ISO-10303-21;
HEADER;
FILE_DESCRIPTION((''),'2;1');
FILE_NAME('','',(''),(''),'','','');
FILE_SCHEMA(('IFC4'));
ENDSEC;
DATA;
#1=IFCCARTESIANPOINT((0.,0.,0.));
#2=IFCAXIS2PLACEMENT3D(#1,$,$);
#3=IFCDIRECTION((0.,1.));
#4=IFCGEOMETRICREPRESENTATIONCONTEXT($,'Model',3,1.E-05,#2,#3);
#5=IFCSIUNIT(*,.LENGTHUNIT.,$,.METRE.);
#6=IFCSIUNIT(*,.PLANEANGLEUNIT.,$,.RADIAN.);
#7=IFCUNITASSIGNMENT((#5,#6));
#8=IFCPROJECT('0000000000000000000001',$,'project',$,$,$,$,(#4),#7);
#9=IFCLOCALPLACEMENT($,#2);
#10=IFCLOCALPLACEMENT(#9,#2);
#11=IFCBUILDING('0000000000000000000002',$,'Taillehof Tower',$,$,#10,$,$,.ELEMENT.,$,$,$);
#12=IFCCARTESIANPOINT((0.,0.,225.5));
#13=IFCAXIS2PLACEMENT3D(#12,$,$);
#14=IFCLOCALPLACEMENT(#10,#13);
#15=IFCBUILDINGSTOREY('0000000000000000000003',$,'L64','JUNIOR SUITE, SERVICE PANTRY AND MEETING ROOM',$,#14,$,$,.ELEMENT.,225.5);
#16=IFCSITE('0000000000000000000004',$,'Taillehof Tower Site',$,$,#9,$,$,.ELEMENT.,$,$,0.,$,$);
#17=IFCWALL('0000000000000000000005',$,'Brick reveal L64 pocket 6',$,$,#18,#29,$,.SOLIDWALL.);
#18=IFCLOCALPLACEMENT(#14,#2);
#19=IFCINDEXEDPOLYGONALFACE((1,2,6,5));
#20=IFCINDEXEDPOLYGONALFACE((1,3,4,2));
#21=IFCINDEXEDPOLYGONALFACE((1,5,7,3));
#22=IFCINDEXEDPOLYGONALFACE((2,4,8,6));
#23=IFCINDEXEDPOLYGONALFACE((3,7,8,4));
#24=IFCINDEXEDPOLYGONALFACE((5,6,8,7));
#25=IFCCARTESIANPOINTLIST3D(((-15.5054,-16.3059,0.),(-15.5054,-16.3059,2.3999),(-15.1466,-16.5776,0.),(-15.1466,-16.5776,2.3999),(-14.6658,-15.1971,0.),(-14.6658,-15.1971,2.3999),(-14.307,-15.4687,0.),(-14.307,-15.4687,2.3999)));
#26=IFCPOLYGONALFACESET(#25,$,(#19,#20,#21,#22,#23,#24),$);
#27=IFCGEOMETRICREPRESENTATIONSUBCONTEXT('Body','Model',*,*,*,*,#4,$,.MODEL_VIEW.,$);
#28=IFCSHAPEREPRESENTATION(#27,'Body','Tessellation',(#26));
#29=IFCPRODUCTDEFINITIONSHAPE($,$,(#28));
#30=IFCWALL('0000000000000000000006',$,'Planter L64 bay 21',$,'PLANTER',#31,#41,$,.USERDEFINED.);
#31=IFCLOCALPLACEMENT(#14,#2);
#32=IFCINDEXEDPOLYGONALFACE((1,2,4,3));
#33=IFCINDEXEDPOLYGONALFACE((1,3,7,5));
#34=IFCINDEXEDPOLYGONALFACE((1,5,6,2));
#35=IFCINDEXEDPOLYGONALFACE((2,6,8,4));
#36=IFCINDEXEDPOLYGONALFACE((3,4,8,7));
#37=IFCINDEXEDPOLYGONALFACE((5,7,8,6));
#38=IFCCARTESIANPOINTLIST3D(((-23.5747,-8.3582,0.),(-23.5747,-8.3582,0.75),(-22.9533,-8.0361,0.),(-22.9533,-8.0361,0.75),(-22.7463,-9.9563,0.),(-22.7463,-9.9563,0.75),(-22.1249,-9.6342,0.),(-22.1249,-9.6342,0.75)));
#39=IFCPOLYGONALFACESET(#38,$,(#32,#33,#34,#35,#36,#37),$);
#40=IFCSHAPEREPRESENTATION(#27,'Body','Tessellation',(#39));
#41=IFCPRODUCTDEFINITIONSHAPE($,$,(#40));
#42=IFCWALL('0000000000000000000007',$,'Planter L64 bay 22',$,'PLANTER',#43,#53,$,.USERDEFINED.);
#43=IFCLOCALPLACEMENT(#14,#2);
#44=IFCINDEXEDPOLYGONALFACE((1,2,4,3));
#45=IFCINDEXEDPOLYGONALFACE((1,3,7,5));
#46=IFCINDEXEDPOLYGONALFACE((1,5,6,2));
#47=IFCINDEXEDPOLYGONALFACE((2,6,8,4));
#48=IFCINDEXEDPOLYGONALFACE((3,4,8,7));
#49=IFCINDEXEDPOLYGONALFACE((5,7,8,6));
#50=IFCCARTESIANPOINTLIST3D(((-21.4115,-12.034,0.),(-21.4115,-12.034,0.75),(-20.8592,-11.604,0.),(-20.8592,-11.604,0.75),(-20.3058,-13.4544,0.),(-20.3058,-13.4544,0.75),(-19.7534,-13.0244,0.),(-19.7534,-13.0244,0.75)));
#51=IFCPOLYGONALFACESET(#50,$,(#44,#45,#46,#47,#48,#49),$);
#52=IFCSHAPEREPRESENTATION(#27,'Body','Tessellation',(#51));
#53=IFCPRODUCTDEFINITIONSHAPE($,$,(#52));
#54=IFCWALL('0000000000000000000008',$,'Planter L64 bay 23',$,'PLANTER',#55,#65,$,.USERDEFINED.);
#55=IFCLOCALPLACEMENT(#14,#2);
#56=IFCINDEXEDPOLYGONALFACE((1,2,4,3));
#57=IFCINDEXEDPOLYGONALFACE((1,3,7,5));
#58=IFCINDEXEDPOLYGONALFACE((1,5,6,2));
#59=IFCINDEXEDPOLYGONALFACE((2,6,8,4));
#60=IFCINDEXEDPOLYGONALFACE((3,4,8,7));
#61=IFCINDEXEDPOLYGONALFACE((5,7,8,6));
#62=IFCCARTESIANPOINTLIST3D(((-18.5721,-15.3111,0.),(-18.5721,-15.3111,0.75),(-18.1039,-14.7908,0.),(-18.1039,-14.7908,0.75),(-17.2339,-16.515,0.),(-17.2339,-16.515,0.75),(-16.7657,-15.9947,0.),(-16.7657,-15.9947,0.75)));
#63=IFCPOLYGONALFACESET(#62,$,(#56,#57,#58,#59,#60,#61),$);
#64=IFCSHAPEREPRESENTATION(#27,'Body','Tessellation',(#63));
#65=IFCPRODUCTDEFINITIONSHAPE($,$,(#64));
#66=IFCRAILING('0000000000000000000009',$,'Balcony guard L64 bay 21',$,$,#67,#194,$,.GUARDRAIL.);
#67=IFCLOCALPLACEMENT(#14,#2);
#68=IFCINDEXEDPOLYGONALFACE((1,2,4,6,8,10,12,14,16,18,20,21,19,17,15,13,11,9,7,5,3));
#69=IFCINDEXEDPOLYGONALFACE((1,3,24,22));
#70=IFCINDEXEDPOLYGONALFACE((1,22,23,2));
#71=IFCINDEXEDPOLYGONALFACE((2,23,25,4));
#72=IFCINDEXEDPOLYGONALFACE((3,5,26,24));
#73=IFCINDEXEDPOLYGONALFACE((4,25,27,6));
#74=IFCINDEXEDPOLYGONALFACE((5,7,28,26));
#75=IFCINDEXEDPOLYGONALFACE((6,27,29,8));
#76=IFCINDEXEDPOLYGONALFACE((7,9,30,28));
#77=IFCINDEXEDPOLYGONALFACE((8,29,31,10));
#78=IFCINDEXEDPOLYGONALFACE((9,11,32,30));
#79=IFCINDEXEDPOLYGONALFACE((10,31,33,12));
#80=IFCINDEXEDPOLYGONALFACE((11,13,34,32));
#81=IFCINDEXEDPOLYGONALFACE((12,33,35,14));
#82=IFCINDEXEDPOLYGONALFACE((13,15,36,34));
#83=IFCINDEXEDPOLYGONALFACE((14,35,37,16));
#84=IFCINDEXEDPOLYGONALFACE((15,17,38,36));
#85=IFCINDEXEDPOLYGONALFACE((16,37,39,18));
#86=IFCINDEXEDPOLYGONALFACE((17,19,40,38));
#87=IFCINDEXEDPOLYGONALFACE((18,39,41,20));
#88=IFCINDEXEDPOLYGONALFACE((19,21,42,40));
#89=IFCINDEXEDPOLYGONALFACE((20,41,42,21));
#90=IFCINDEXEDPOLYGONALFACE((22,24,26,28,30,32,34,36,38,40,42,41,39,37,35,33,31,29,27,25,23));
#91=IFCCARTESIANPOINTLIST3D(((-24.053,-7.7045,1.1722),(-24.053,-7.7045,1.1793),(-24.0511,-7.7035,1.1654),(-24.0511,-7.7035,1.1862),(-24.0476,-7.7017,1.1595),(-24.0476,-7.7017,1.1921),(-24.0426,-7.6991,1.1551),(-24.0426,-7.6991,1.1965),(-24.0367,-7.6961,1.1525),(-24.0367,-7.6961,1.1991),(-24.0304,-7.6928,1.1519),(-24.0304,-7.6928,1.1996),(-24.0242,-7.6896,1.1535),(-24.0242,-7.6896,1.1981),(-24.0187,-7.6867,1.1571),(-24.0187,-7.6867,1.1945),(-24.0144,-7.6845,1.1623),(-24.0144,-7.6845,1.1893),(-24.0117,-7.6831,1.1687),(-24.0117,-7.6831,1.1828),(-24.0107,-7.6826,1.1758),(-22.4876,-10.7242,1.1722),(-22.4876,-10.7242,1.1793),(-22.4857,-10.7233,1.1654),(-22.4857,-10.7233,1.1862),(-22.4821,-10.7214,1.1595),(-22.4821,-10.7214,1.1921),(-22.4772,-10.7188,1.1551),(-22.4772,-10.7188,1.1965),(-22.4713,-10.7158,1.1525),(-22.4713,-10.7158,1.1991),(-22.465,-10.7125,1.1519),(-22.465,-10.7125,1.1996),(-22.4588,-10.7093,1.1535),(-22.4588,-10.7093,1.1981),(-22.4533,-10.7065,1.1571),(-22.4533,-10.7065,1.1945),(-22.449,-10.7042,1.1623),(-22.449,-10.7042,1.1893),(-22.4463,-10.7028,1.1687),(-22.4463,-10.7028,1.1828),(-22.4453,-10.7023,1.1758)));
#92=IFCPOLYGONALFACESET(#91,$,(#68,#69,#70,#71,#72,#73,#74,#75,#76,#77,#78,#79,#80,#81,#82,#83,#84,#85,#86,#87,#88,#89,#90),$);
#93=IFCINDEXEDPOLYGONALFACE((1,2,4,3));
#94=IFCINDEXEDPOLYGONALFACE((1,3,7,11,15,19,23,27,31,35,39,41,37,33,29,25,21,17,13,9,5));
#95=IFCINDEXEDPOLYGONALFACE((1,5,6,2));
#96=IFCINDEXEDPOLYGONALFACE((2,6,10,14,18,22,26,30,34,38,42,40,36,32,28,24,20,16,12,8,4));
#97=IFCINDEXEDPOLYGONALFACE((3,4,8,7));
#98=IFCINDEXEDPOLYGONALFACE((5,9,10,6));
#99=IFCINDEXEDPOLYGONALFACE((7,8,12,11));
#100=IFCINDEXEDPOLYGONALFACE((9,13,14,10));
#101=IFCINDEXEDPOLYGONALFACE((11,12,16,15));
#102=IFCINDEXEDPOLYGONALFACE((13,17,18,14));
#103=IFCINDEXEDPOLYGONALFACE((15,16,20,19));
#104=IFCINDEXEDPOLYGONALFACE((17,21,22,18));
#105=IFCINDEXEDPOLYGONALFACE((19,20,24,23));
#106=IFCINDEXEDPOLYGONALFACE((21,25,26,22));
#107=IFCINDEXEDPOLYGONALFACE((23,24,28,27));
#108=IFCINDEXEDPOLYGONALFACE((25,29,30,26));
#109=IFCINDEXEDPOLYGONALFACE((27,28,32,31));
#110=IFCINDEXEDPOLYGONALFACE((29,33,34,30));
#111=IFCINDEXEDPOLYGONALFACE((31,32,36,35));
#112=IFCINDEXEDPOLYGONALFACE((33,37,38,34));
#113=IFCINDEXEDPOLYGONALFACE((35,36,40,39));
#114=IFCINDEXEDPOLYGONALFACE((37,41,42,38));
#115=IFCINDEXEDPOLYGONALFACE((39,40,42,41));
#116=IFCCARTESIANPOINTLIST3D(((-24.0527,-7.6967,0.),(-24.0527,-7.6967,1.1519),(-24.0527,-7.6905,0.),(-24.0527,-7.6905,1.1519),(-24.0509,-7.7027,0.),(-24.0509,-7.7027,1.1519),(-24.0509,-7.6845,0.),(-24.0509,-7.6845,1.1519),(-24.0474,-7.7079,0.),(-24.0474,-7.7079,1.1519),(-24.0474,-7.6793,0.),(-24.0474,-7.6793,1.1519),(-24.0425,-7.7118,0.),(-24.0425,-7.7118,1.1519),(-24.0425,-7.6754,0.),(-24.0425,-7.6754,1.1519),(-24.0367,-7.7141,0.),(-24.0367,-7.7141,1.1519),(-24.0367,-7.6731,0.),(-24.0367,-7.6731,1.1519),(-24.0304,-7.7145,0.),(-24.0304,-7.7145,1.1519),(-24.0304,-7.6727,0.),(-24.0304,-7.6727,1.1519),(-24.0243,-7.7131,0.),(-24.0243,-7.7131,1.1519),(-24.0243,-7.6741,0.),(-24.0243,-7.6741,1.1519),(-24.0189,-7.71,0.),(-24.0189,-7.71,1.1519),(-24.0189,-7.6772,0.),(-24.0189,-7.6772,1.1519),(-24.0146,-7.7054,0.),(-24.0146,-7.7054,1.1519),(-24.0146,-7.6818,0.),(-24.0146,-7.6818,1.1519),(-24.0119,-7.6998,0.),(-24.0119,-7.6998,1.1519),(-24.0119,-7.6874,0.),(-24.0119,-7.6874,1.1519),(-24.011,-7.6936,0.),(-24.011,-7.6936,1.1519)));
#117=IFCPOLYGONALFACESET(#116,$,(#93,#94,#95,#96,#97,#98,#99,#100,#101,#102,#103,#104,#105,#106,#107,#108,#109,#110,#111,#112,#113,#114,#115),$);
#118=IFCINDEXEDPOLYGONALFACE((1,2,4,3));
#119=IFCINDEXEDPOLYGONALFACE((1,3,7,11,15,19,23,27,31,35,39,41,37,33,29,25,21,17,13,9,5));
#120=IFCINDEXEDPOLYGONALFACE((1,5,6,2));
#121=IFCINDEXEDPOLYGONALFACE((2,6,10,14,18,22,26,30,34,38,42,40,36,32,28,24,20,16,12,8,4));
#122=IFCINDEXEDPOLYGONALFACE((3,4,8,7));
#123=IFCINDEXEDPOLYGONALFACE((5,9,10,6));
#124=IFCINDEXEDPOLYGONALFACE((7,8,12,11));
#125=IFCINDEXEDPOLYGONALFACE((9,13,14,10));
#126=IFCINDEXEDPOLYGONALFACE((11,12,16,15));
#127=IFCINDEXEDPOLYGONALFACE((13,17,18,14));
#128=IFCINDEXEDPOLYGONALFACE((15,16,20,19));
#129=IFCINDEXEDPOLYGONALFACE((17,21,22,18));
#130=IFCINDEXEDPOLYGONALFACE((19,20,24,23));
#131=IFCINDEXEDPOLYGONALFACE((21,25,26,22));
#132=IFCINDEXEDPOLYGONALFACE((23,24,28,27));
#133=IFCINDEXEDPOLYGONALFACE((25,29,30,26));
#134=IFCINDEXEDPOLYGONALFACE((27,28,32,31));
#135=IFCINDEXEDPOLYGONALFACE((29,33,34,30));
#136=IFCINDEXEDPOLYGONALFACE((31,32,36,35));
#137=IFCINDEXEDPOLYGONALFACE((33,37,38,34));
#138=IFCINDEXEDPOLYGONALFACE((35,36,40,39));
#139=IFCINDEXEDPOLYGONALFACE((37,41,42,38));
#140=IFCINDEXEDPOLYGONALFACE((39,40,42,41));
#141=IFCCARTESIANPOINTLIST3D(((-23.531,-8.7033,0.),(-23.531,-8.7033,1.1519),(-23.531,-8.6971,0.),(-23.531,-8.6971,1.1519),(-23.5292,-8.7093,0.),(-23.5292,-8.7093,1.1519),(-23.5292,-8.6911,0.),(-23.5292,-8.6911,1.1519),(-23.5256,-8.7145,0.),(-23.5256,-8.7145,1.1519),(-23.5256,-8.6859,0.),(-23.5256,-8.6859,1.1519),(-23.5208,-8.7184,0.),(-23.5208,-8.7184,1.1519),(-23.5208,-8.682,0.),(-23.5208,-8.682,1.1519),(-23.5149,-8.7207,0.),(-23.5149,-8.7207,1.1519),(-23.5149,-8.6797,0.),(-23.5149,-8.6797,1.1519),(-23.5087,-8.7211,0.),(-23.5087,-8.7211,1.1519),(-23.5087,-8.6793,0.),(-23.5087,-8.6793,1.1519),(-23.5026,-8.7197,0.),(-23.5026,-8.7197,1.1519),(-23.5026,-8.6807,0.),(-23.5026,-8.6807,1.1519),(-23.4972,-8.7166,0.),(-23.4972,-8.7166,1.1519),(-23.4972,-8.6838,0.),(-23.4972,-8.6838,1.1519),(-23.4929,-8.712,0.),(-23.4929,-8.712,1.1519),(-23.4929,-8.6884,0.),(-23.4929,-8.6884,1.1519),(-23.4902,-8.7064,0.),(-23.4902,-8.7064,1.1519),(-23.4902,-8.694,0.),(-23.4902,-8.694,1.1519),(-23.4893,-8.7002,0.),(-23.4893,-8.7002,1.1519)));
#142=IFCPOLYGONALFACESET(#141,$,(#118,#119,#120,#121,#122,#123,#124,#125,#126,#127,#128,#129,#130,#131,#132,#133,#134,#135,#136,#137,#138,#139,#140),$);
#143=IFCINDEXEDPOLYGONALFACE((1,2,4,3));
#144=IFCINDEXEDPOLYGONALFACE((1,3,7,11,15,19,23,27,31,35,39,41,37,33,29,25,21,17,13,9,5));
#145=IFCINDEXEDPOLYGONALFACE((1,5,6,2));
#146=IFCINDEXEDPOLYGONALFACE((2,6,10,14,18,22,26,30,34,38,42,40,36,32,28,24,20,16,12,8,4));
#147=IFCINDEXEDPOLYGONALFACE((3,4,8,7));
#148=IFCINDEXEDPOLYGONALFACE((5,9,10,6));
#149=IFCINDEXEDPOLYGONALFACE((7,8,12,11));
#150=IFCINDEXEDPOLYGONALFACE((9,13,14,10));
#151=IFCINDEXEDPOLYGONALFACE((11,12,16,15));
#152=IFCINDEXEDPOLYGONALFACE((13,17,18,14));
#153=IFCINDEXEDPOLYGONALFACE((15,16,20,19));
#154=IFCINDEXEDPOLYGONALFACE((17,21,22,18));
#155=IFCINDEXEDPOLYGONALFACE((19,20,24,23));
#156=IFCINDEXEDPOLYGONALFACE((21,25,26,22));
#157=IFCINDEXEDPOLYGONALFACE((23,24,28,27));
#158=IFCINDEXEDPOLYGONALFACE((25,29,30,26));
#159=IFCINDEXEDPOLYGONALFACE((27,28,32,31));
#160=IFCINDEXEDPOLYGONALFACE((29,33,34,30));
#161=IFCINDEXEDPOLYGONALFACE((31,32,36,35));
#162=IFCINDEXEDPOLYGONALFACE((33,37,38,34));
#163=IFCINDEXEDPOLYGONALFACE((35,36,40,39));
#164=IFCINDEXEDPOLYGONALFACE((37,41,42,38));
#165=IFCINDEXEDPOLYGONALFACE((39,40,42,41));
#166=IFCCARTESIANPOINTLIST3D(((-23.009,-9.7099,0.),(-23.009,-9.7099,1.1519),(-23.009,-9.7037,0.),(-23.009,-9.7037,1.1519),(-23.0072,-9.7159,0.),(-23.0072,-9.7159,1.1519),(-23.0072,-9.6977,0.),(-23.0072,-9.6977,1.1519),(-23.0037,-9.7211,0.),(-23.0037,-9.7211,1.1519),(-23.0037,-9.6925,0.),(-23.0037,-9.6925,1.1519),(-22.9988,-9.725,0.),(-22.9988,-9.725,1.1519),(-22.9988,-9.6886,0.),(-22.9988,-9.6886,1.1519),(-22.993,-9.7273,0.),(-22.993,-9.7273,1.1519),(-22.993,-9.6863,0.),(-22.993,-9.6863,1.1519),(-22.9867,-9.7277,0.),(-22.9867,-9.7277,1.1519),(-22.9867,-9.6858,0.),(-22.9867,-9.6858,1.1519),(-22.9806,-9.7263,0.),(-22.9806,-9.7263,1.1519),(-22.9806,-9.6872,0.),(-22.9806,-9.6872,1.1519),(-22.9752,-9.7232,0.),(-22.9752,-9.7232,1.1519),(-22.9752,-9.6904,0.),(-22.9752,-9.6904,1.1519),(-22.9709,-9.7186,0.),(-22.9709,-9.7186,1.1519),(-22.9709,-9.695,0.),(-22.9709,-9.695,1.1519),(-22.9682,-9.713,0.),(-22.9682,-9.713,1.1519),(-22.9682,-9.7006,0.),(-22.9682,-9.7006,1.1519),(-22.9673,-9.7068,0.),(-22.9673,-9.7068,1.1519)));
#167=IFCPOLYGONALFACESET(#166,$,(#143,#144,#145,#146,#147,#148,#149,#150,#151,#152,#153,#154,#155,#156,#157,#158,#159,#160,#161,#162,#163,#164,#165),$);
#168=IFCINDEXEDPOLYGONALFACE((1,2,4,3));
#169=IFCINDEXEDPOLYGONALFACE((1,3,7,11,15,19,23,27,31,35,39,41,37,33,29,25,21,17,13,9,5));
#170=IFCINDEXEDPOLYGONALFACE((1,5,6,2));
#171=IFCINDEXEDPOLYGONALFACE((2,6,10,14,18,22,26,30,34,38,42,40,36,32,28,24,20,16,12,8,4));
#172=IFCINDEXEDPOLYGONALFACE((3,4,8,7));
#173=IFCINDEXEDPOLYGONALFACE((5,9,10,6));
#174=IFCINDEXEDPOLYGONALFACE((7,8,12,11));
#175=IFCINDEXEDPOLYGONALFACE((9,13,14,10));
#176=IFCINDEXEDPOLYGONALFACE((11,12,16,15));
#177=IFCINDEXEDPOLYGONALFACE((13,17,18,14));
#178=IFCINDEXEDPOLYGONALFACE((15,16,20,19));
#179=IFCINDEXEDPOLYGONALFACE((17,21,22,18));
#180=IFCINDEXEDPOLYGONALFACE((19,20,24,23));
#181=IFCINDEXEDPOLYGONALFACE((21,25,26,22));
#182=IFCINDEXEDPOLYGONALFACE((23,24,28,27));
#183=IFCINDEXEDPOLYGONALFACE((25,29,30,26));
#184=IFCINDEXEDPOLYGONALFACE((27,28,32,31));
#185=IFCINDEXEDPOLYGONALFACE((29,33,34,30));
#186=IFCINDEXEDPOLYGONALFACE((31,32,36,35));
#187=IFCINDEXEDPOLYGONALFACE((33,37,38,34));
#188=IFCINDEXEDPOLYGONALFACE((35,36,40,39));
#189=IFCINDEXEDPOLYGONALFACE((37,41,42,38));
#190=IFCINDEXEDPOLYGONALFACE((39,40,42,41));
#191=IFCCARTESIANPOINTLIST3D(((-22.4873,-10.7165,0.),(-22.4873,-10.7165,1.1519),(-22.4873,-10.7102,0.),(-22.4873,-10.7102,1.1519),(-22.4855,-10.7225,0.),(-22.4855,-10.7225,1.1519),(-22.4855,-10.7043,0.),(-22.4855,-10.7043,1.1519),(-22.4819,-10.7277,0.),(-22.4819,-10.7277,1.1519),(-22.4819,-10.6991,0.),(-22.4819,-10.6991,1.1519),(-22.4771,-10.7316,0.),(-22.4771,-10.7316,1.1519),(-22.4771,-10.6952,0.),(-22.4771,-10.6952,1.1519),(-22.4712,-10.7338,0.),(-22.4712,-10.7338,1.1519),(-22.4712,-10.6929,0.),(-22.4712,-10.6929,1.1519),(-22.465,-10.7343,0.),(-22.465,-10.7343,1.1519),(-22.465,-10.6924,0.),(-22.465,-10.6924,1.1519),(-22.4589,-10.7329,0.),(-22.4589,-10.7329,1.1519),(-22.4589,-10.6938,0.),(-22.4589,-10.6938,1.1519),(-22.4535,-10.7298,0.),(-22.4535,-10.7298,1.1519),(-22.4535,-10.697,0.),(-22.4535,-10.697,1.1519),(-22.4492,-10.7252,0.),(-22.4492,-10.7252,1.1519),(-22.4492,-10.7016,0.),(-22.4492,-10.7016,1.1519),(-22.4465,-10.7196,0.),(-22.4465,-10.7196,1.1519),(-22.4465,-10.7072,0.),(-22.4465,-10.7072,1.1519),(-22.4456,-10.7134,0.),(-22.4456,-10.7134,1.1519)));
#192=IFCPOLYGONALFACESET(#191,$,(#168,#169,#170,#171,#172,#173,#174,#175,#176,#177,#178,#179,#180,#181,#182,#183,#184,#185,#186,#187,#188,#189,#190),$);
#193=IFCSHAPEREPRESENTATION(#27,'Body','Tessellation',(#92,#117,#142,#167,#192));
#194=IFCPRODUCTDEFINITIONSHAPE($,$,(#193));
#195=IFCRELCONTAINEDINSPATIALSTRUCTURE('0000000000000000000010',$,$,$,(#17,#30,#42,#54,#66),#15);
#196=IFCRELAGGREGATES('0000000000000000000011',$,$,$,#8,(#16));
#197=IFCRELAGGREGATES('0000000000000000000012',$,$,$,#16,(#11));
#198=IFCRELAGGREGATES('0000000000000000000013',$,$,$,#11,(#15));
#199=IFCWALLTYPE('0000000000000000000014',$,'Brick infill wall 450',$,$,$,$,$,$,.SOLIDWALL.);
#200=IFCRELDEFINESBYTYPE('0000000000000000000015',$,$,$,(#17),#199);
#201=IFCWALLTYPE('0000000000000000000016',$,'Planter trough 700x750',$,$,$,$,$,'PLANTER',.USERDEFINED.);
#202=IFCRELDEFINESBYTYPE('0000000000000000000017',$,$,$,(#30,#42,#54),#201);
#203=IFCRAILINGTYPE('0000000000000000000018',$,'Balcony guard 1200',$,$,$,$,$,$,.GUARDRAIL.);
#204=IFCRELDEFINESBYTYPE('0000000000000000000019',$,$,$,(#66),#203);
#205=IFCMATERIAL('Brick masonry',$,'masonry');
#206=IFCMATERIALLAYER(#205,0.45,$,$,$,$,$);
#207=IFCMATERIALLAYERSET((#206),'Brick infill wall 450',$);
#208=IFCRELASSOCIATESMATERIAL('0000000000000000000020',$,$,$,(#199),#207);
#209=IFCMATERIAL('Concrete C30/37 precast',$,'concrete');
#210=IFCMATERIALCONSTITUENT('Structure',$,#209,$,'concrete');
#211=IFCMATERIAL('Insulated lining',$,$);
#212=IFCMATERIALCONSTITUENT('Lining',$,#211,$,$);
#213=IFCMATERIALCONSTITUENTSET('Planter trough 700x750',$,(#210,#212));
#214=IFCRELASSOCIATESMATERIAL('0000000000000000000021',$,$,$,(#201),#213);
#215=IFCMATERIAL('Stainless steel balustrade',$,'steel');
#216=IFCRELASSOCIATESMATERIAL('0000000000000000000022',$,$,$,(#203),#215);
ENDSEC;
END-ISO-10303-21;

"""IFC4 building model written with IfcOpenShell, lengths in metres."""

from ifc_helpers import new_model, si_unit, direction, frame, frame_2d, origin, origin_2d, place, context, subcontext, project, spatial, rectangle, circle, extrude, material, layer, layer_set, constituent, constituent_set, type_object, element, save


model = new_model("IFC4")

# Units and contexts
model_context = context("Model", 3, precision=1e-05, world=origin(), true_north=direction((0.0, 1.0)))
body_context = subcontext(model_context, "Body", "Model", "MODEL_VIEW")
ifc_project = project(units=[si_unit("LENGTHUNIT", "METRE"), si_unit("PLANEANGLEUNIT", "RADIAN")], contexts=[model_context])

# Site, building, storey
site_placement = place(None, origin())
site = spatial("IfcSite", under=ifc_project, at=site_placement, Name="Taillehof Tower Site", CompositionType="ELEMENT", RefElevation=0.0)
building_placement = place(site_placement, origin())
building = spatial("IfcBuilding", under=site, at=building_placement, Name="Taillehof Tower", CompositionType="ELEMENT")
storey_placement = place(building_placement, frame((0.0, 0.0, 225.5)))
storey = spatial("IfcBuildingStorey", under=building, at=storey_placement, Name="L64", Description="JUNIOR SUITE, SERVICE PANTRY AND MEETING ROOM", CompositionType="ELEMENT", Elevation=225.5)

# Shared definitions
ifc_material_1 = material(Name="Brick masonry", Category="masonry")
ifc_layer = layer(ifc_material_1, 0.45)
ifc_layer_set = layer_set([ifc_layer], Name="Brick infill wall 450")
wall_type_1 = type_object("IfcWallType", Name="Brick infill wall 450", PredefinedType="SOLIDWALL", material=ifc_layer_set)

# Wall
wall_1_placement = place(storey_placement, frame((-15.3259, -16.4417, 0.0), z_axis=(0.0, 0.0, 1.0), x_axis=(0.603645, 0.797253, 0.0)))
element("IfcWall", 1, at=wall_1_placement, inside=storey, type_object=wall_type_1, Name="Brick reveal L64 pocket 6", PredefinedType="SOLIDWALL", context=body_context, shape_type="SweptSolid", body=[
    extrude(rectangle(XDim=1.3909, YDim=0.45, at=frame_2d((0.6953, 0.0))), origin(), (0.0, 0.0, 1.0), 2.3999),
])

# Walls
ifc_material_2 = material(Name="Concrete C30/37 precast", Category="concrete")
ifc_constituent_1 = constituent(ifc_material_2, Name="Structure", Category="concrete")
ifc_material_3 = material(Name="Insulated lining")
ifc_constituent_2 = constituent(ifc_material_3, Name="Lining")
ifc_constituent_set = constituent_set(constituents=[ifc_constituent_1, ifc_constituent_2], Name="Planter trough 700x750")
wall_type_2 = type_object("IfcWallType", Name="Planter trough 700x750", ElementType="PLANTER", PredefinedType="USERDEFINED", material=ifc_constituent_set)
for number, where, z_axis, x_axis, name in (
    (2, (-23.2639, -8.1973, 0.0), (0.0, 0.0, 1.0), (0.460187, -0.887822, 0.0), "Planter L64 bay 21"),
    (3, (-21.1353, -11.8191, 0.0), (0.0, 0.0, 1.0), (0.614269, -0.789097, 0.0), "Planter L64 bay 22"),
    (4, (-18.3379, -15.051, 0.0), (0.0, 0.0, 1.0), (0.743422, -0.668822, 0.0), "Planter L64 bay 23"),
):
    element("IfcWall", number, at=place(storey_placement, frame(where, z_axis=z_axis, x_axis=x_axis)), inside=storey, type_object=wall_type_2, Name=name, ObjectType="PLANTER", PredefinedType="USERDEFINED", context=body_context, shape_type="SweptSolid", body=[
        extrude(rectangle(XDim=1.8, YDim=0.7, at=frame_2d((0.8999, 0.0))), origin(), (0.0, 0.0, 1.0), 0.75),
    ])

# Railing
ifc_material_4 = material(Name="Stainless steel balustrade", Category="steel")
railing_type = type_object("IfcRailingType", Name="Balcony guard 1200", PredefinedType="GUARDRAIL", material=ifc_material_4)
railing_1_placement = place(storey_placement, frame((-24.032, -7.6936, 0.0)))
element("IfcRailing", 5, at=railing_1_placement, inside=storey, type_object=railing_type, Name="Balcony guard L64 bay 21", PredefinedType="GUARDRAIL", context=body_context, shape_type="SweptSolid", body=[
    extrude(circle(Radius=0.0239, at=origin_2d()), frame((0.0, 0.0, 1.1758), z_axis=(0.460229, -0.8878, 0.0), x_axis=(0.8878, 0.460229, 0.0)), (0.0, 0.0, 1.0), 3.4014),
    extrude(circle(Radius=0.021, at=origin_2d()), origin(), (0.0, 0.0, 1.0), 1.1519),
    extrude(circle(Radius=0.021, at=origin_2d()), frame((0.5217, -1.0066, 0.0)), (0.0, 0.0, 1.0), 1.1519),
    extrude(circle(Radius=0.021, at=origin_2d()), frame((1.0437, -2.0132, 0.0)), (0.0, 0.0, 1.0), 1.1519),
    extrude(circle(Radius=0.021, at=origin_2d()), frame((1.5654, -3.0198, 0.0)), (0.0, 0.0, 1.0), 1.1519),
])

save(model, "model.ifc")
